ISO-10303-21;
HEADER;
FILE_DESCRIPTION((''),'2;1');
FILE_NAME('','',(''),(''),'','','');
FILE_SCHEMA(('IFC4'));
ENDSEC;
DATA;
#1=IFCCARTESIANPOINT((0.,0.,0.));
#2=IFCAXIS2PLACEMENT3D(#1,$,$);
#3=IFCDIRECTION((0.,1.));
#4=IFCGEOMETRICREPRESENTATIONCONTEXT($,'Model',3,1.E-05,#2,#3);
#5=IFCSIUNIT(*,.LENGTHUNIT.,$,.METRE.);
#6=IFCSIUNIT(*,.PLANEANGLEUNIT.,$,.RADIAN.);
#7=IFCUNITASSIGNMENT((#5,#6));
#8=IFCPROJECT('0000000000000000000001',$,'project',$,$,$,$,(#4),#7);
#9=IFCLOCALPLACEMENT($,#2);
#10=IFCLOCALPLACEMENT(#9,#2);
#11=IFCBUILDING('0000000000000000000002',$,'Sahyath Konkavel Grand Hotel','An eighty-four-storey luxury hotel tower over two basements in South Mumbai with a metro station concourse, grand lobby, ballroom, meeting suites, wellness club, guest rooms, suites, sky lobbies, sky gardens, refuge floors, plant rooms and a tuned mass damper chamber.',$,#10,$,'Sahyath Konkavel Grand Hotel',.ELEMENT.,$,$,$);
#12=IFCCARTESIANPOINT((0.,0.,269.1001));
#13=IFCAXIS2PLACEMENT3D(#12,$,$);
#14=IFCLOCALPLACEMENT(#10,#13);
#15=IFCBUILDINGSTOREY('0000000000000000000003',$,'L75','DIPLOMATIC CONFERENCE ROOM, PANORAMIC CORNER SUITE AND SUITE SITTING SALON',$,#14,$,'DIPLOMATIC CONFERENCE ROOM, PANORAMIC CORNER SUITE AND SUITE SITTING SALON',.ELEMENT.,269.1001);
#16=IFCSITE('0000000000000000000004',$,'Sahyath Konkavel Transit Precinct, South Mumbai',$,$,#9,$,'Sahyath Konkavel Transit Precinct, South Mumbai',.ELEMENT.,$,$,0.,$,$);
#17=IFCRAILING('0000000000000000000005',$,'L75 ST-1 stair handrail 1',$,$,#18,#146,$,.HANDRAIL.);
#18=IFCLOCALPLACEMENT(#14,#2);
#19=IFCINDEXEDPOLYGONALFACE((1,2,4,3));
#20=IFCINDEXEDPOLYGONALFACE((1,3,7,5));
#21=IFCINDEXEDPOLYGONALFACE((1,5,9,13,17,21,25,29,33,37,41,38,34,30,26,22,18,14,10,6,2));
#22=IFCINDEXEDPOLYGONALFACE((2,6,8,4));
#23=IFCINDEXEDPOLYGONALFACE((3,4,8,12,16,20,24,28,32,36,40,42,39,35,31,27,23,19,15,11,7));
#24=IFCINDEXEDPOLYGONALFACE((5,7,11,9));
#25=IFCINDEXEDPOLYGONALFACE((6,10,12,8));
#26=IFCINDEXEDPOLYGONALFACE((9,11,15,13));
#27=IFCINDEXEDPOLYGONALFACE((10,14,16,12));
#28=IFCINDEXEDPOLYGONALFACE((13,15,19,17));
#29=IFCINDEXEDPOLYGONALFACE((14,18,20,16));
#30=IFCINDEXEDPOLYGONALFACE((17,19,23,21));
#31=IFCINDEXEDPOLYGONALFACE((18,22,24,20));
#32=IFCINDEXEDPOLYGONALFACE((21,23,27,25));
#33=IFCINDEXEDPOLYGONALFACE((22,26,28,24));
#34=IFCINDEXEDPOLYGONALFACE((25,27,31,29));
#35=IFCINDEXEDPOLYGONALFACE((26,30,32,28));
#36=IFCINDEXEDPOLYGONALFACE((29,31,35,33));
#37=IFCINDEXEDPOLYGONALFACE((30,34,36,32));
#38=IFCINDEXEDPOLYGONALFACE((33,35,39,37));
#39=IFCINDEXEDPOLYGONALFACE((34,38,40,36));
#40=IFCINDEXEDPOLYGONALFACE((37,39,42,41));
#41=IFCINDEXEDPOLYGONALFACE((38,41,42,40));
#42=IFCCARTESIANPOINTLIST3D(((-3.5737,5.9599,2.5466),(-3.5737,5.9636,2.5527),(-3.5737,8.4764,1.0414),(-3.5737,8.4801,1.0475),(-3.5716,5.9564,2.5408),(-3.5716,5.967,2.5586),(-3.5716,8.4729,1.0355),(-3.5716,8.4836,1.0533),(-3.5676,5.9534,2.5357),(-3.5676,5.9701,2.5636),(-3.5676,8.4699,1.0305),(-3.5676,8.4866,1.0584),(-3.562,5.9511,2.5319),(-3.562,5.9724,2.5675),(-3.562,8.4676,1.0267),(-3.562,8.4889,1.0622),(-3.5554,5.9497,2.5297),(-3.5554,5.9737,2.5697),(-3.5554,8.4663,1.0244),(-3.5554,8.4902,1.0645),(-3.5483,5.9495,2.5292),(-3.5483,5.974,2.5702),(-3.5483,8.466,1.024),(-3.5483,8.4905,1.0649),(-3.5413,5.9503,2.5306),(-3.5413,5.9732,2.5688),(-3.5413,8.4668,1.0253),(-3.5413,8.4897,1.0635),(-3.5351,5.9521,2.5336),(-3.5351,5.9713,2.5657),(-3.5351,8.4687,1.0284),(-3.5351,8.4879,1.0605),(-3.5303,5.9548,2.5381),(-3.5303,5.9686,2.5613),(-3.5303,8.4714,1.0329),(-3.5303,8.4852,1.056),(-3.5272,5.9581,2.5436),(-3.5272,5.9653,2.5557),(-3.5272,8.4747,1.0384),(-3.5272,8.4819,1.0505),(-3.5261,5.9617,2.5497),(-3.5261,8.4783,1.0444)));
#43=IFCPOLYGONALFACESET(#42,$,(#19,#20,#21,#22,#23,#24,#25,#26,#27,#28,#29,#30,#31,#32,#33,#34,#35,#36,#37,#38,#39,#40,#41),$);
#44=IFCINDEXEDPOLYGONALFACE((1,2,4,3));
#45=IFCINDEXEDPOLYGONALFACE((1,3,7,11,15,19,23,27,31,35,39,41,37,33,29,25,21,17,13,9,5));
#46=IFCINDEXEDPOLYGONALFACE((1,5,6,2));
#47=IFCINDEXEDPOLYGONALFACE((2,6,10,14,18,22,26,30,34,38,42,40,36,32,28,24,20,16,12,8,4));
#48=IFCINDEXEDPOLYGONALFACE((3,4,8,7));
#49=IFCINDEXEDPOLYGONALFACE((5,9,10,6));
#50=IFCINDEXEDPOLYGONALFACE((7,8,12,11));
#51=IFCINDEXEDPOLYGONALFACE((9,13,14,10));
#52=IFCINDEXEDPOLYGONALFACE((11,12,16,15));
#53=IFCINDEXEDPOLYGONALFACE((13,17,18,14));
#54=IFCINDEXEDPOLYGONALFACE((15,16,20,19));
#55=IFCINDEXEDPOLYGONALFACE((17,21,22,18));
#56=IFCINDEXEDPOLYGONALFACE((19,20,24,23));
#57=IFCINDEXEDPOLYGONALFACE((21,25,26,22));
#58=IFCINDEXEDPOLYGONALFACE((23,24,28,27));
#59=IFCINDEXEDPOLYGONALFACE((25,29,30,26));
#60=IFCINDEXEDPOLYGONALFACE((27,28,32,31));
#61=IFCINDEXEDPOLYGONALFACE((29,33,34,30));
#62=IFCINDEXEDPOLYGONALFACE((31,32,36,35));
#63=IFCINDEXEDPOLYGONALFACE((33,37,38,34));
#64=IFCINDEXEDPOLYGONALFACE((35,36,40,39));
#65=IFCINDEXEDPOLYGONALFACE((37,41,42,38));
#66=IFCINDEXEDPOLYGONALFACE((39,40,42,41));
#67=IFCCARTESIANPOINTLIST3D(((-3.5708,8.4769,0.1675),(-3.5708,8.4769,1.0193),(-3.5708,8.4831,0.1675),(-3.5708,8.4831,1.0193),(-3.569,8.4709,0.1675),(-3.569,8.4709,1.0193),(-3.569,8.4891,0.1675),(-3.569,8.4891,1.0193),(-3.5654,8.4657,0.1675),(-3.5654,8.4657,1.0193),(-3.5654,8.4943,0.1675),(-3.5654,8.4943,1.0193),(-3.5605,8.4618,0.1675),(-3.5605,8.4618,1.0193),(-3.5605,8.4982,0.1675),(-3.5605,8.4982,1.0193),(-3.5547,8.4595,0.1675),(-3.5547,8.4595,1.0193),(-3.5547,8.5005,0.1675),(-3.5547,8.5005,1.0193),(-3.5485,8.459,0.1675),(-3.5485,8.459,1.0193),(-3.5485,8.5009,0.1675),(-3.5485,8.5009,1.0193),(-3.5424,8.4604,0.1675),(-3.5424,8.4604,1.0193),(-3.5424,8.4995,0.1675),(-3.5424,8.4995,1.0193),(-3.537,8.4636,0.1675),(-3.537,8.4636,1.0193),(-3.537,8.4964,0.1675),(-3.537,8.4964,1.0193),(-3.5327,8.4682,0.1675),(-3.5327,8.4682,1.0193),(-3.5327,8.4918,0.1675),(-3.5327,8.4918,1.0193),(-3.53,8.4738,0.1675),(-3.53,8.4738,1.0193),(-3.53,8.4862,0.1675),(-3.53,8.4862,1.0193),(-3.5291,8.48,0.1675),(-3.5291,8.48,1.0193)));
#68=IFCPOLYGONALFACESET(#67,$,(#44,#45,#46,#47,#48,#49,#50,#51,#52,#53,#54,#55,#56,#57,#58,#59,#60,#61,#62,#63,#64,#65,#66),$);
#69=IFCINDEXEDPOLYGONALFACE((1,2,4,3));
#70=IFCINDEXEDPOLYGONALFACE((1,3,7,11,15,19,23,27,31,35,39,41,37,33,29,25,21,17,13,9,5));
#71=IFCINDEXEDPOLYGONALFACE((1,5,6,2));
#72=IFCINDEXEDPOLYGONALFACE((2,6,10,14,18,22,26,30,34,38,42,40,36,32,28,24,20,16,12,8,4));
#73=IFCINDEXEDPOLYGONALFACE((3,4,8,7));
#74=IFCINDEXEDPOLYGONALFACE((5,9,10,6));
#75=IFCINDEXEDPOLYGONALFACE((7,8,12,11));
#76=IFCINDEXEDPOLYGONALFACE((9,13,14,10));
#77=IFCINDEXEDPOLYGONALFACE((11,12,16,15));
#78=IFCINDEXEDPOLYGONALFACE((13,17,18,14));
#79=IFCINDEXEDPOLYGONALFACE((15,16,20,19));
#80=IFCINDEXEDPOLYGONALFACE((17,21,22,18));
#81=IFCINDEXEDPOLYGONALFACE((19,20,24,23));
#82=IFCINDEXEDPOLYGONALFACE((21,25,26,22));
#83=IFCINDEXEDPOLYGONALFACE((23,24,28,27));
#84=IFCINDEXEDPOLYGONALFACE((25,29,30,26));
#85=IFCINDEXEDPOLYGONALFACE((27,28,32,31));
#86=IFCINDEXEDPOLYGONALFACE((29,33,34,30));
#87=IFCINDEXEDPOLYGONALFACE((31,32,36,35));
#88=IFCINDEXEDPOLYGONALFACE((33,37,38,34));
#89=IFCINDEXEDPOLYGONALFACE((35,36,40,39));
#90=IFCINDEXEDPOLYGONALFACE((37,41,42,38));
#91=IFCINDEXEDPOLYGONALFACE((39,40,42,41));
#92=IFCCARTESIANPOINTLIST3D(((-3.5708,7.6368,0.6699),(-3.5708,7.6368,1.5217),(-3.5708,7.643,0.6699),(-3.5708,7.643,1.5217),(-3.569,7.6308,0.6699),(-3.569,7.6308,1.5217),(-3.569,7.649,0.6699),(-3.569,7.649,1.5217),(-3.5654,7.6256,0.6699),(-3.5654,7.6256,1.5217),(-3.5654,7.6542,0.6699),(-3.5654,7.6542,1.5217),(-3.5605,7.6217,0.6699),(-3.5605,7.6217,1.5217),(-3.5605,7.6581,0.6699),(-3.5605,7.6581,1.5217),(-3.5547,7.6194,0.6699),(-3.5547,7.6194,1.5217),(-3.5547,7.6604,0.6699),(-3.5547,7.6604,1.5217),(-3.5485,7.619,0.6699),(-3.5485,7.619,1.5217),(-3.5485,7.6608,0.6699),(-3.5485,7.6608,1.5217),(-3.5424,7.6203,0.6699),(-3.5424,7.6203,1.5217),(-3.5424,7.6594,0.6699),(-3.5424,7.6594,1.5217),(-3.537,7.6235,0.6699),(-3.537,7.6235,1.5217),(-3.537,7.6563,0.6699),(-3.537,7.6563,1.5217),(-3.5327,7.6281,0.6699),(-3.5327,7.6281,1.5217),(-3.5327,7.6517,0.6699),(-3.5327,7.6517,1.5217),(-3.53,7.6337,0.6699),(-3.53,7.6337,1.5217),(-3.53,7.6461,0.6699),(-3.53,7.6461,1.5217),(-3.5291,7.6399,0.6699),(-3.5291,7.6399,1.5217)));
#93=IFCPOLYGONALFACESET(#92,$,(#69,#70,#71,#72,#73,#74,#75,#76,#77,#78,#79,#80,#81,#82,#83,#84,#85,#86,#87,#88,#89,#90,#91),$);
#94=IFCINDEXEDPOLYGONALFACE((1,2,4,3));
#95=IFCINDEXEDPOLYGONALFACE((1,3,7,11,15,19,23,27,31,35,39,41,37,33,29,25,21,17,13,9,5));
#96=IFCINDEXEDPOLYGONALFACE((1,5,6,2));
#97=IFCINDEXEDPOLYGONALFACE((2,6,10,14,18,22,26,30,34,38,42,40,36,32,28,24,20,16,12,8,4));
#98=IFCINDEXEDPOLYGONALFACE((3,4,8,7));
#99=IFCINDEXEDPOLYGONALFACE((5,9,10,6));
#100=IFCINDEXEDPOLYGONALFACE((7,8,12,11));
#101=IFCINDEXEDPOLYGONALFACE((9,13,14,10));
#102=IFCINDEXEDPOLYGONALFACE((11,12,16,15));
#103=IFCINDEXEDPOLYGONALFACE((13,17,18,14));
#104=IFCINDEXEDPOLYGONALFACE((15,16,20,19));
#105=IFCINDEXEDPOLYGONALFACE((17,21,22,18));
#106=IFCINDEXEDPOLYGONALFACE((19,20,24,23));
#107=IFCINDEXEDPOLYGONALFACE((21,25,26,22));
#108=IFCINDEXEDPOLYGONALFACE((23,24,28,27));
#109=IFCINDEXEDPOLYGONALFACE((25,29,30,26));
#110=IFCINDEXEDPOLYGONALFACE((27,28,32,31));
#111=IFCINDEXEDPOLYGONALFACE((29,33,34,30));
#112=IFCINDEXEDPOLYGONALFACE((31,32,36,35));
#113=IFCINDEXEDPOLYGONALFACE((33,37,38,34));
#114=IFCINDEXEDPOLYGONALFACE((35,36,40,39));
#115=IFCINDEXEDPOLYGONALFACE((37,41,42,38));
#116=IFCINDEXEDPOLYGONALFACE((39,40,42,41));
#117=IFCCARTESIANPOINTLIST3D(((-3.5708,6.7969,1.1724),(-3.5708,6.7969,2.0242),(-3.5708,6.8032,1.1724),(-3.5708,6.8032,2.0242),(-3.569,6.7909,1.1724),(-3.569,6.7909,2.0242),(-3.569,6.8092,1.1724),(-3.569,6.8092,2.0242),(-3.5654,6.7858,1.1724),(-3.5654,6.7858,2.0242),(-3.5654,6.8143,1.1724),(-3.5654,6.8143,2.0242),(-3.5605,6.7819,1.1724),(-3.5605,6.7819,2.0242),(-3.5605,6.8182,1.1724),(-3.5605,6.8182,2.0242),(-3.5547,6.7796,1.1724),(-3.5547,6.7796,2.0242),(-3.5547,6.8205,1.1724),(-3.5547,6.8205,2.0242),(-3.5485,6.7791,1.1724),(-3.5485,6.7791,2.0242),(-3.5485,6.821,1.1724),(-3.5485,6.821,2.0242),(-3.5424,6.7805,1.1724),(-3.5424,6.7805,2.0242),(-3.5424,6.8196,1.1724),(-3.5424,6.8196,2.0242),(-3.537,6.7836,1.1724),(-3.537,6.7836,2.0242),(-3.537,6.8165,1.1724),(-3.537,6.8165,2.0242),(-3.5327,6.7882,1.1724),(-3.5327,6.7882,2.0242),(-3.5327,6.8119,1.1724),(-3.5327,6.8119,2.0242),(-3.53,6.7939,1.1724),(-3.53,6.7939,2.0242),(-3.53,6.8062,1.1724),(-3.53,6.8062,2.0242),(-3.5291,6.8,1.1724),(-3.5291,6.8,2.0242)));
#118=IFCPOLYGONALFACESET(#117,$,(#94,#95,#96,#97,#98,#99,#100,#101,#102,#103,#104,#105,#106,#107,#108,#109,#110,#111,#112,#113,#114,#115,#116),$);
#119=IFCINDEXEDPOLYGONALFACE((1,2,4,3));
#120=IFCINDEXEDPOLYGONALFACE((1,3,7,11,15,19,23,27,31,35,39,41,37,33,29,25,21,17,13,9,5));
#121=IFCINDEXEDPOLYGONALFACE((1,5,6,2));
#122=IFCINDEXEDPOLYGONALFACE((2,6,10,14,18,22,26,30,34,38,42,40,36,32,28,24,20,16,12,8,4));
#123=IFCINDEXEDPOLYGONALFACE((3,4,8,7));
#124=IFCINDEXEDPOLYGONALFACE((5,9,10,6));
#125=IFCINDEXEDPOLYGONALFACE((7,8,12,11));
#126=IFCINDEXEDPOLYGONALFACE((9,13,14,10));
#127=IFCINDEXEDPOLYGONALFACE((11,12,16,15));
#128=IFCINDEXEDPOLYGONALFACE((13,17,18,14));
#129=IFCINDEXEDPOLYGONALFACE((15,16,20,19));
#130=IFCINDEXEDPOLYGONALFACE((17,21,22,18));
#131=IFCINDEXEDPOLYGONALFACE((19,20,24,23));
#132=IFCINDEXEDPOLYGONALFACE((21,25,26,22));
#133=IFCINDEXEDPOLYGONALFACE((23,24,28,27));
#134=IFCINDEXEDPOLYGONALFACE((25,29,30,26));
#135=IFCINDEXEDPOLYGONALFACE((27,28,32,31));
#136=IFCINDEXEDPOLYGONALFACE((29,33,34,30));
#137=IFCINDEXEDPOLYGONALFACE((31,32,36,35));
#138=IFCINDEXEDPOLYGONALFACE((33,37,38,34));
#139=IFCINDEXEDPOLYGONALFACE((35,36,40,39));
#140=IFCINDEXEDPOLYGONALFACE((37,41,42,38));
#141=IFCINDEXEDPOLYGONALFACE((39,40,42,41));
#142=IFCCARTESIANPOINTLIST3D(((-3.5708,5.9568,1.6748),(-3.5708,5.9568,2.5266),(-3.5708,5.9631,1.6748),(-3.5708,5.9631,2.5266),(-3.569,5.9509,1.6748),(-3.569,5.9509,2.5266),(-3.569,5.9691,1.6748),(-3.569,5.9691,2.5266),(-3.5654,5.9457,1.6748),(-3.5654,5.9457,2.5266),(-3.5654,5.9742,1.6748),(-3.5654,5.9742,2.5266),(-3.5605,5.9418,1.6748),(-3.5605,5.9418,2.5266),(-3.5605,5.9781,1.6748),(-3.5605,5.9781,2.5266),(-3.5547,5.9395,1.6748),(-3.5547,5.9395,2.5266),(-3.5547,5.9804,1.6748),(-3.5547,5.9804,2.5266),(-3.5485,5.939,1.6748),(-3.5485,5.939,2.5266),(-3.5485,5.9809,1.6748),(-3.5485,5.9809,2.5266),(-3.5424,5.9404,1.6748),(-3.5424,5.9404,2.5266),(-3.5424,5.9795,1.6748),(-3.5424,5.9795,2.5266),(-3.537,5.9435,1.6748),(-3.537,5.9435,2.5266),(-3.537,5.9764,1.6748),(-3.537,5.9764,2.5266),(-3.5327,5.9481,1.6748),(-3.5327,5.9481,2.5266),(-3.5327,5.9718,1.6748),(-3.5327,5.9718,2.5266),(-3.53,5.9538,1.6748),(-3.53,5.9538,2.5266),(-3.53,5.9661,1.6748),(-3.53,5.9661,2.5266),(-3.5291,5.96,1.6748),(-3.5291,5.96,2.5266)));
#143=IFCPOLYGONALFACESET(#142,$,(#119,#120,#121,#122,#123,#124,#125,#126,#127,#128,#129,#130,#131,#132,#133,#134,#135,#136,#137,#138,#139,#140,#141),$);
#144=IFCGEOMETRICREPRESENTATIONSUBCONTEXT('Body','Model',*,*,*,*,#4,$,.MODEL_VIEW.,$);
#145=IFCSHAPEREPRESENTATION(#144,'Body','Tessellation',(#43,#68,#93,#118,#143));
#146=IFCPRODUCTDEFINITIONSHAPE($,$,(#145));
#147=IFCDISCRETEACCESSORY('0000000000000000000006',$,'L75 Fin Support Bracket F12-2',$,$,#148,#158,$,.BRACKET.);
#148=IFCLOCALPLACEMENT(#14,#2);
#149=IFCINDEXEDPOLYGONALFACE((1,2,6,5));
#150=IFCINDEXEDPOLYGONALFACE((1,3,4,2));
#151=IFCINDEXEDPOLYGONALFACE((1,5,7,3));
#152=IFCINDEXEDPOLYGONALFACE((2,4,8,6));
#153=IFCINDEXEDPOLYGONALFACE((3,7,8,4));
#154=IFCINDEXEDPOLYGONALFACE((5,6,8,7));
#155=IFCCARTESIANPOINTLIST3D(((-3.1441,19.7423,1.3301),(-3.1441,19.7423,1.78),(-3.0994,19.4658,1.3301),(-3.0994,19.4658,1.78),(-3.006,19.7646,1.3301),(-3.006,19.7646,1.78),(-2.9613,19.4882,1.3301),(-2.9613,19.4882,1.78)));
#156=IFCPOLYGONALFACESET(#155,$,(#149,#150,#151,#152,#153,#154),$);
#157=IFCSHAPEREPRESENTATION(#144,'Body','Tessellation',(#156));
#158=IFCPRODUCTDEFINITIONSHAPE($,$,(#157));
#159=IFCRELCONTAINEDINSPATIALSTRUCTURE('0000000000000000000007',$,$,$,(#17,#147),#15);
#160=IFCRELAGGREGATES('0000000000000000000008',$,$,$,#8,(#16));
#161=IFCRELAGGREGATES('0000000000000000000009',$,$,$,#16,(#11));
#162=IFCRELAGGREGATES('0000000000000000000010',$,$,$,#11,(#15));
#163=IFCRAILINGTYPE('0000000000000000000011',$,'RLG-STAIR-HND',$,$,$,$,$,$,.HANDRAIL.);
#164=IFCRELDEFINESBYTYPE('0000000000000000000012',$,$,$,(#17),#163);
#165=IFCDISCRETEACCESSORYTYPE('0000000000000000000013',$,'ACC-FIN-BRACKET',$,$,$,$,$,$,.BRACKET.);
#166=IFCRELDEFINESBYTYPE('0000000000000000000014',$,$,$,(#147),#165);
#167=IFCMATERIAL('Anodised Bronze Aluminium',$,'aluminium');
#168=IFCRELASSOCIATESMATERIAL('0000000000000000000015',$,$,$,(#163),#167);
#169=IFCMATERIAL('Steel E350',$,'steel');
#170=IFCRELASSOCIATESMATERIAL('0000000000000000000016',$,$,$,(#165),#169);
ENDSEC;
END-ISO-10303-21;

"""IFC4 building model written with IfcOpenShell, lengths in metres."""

from ifc_helpers import new_model, si_unit, direction, frame, origin, origin_2d, place, context, subcontext, project, spatial, rectangle, circle, extrude, source, transform, mapped, material, type_object, element, save


model = new_model("IFC4")

# Units and contexts
model_context = context("Model", 3, precision=1e-05, world=origin(), true_north=direction((0.0, 1.0)))
body_context = subcontext(model_context, "Body", "Model", "MODEL_VIEW")
ifc_project = project(units=[si_unit("LENGTHUNIT", "METRE"), si_unit("PLANEANGLEUNIT", "RADIAN")], contexts=[model_context])

# Site, building, storey
site_placement = place(None, origin())
site = spatial("IfcSite", under=ifc_project, at=site_placement, Name="Sahyath Konkavel Transit Precinct, South Mumbai", LongName="Sahyath Konkavel Transit Precinct, South Mumbai", CompositionType="ELEMENT", RefElevation=0.0)
building_placement = place(site_placement, origin())
building = spatial("IfcBuilding", under=site, at=building_placement, Name="Sahyath Konkavel Grand Hotel", Description="An eighty-four-storey luxury hotel tower over two basements in South Mumbai with a metro station concourse, grand lobby, ballroom, meeting suites, wellness club, guest rooms, suites, sky lobbies, sky gardens, refuge floors, plant rooms and a tuned mass damper chamber.", LongName="Sahyath Konkavel Grand Hotel", CompositionType="ELEMENT")
storey_placement = place(building_placement, frame((0.0, 0.0, 269.1001)))
storey = spatial("IfcBuildingStorey", under=building, at=storey_placement, Name="L75", Description="DIPLOMATIC CONFERENCE ROOM, PANORAMIC CORNER SUITE AND SUITE SITTING SALON", LongName="DIPLOMATIC CONFERENCE ROOM, PANORAMIC CORNER SUITE AND SUITE SITTING SALON", CompositionType="ELEMENT", Elevation=269.1001)

# Shared definitions
ifc_material_1 = material(Name="Steel E350", Category="steel")

# Shared definitions
ifc_material_2 = material(Name="Anodised Bronze Aluminium", Category="aluminium")

# Railing
railing_type_1 = type_object("IfcRailingType", Name="RLG-STAIR-HND", PredefinedType="HANDRAIL", material=ifc_material_2)
railing_1_placement = place(storey_placement, frame((-3.55, 8.48, 0.1675)))
element("IfcRailing", 1, at=railing_1_placement, inside=storey, type_object=railing_type_1, Name="L75 ST-1 stair handrail 1", PredefinedType="HANDRAIL", context=body_context, shape_type="SweptSolid", body=[
    extrude(circle(Radius=0.0239, at=origin_2d()), frame((0.0, -0.0017, 0.877), z_axis=(0.0, -0.858196, 0.513321), x_axis=(1.0, 0.0, 0.0)), (0.0, 0.0, 1.0), 2.9324),
    extrude(circle(Radius=0.021, at=origin_2d()), origin(), (0.0, 0.0, 1.0), 0.8518),
    extrude(circle(Radius=0.021, at=origin_2d()), frame((0.0, -0.8401, 0.5024)), (0.0, 0.0, 1.0), 0.8518),
    extrude(circle(Radius=0.021, at=origin_2d()), frame((0.0, -1.6799, 1.0049)), (0.0, 0.0, 1.0), 0.8518),
    extrude(circle(Radius=0.021, at=origin_2d()), frame((0.0, -2.52, 1.5073)), (0.0, 0.0, 1.0), 0.8518),
])

# Discrete accessory
discrete_accessory_type = type_object("IfcDiscreteAccessoryType", Name="ACC-FIN-BRACKET", PredefinedType="BRACKET", material=ifc_material_1)
shared_shape_1 = source(origin(), body_context, "Body", "SweptSolid", [
    extrude(rectangle(XDim=0.28, YDim=0.1399, at=origin_2d()), origin(), (0.0, 0.0, 1.0), 0.45),
])
discrete_accessory_placement = place(storey_placement, frame((-3.0527, 19.6152, 1.3301), z_axis=(0.0, 0.0, 1.0), x_axis=(-0.159623, 0.987178, 0.0)))
element("IfcDiscreteAccessory", 2, at=discrete_accessory_placement, inside=storey, type_object=discrete_accessory_type, Name="L75 Fin Support Bracket F12-2", PredefinedType="BRACKET", context=body_context, shape_type="MappedRepresentation", body=[
    mapped(shared_shape_1, transform((0.0, 0.0, 0.0), scale=1.0)),
])

save(model, "model.ifc")
